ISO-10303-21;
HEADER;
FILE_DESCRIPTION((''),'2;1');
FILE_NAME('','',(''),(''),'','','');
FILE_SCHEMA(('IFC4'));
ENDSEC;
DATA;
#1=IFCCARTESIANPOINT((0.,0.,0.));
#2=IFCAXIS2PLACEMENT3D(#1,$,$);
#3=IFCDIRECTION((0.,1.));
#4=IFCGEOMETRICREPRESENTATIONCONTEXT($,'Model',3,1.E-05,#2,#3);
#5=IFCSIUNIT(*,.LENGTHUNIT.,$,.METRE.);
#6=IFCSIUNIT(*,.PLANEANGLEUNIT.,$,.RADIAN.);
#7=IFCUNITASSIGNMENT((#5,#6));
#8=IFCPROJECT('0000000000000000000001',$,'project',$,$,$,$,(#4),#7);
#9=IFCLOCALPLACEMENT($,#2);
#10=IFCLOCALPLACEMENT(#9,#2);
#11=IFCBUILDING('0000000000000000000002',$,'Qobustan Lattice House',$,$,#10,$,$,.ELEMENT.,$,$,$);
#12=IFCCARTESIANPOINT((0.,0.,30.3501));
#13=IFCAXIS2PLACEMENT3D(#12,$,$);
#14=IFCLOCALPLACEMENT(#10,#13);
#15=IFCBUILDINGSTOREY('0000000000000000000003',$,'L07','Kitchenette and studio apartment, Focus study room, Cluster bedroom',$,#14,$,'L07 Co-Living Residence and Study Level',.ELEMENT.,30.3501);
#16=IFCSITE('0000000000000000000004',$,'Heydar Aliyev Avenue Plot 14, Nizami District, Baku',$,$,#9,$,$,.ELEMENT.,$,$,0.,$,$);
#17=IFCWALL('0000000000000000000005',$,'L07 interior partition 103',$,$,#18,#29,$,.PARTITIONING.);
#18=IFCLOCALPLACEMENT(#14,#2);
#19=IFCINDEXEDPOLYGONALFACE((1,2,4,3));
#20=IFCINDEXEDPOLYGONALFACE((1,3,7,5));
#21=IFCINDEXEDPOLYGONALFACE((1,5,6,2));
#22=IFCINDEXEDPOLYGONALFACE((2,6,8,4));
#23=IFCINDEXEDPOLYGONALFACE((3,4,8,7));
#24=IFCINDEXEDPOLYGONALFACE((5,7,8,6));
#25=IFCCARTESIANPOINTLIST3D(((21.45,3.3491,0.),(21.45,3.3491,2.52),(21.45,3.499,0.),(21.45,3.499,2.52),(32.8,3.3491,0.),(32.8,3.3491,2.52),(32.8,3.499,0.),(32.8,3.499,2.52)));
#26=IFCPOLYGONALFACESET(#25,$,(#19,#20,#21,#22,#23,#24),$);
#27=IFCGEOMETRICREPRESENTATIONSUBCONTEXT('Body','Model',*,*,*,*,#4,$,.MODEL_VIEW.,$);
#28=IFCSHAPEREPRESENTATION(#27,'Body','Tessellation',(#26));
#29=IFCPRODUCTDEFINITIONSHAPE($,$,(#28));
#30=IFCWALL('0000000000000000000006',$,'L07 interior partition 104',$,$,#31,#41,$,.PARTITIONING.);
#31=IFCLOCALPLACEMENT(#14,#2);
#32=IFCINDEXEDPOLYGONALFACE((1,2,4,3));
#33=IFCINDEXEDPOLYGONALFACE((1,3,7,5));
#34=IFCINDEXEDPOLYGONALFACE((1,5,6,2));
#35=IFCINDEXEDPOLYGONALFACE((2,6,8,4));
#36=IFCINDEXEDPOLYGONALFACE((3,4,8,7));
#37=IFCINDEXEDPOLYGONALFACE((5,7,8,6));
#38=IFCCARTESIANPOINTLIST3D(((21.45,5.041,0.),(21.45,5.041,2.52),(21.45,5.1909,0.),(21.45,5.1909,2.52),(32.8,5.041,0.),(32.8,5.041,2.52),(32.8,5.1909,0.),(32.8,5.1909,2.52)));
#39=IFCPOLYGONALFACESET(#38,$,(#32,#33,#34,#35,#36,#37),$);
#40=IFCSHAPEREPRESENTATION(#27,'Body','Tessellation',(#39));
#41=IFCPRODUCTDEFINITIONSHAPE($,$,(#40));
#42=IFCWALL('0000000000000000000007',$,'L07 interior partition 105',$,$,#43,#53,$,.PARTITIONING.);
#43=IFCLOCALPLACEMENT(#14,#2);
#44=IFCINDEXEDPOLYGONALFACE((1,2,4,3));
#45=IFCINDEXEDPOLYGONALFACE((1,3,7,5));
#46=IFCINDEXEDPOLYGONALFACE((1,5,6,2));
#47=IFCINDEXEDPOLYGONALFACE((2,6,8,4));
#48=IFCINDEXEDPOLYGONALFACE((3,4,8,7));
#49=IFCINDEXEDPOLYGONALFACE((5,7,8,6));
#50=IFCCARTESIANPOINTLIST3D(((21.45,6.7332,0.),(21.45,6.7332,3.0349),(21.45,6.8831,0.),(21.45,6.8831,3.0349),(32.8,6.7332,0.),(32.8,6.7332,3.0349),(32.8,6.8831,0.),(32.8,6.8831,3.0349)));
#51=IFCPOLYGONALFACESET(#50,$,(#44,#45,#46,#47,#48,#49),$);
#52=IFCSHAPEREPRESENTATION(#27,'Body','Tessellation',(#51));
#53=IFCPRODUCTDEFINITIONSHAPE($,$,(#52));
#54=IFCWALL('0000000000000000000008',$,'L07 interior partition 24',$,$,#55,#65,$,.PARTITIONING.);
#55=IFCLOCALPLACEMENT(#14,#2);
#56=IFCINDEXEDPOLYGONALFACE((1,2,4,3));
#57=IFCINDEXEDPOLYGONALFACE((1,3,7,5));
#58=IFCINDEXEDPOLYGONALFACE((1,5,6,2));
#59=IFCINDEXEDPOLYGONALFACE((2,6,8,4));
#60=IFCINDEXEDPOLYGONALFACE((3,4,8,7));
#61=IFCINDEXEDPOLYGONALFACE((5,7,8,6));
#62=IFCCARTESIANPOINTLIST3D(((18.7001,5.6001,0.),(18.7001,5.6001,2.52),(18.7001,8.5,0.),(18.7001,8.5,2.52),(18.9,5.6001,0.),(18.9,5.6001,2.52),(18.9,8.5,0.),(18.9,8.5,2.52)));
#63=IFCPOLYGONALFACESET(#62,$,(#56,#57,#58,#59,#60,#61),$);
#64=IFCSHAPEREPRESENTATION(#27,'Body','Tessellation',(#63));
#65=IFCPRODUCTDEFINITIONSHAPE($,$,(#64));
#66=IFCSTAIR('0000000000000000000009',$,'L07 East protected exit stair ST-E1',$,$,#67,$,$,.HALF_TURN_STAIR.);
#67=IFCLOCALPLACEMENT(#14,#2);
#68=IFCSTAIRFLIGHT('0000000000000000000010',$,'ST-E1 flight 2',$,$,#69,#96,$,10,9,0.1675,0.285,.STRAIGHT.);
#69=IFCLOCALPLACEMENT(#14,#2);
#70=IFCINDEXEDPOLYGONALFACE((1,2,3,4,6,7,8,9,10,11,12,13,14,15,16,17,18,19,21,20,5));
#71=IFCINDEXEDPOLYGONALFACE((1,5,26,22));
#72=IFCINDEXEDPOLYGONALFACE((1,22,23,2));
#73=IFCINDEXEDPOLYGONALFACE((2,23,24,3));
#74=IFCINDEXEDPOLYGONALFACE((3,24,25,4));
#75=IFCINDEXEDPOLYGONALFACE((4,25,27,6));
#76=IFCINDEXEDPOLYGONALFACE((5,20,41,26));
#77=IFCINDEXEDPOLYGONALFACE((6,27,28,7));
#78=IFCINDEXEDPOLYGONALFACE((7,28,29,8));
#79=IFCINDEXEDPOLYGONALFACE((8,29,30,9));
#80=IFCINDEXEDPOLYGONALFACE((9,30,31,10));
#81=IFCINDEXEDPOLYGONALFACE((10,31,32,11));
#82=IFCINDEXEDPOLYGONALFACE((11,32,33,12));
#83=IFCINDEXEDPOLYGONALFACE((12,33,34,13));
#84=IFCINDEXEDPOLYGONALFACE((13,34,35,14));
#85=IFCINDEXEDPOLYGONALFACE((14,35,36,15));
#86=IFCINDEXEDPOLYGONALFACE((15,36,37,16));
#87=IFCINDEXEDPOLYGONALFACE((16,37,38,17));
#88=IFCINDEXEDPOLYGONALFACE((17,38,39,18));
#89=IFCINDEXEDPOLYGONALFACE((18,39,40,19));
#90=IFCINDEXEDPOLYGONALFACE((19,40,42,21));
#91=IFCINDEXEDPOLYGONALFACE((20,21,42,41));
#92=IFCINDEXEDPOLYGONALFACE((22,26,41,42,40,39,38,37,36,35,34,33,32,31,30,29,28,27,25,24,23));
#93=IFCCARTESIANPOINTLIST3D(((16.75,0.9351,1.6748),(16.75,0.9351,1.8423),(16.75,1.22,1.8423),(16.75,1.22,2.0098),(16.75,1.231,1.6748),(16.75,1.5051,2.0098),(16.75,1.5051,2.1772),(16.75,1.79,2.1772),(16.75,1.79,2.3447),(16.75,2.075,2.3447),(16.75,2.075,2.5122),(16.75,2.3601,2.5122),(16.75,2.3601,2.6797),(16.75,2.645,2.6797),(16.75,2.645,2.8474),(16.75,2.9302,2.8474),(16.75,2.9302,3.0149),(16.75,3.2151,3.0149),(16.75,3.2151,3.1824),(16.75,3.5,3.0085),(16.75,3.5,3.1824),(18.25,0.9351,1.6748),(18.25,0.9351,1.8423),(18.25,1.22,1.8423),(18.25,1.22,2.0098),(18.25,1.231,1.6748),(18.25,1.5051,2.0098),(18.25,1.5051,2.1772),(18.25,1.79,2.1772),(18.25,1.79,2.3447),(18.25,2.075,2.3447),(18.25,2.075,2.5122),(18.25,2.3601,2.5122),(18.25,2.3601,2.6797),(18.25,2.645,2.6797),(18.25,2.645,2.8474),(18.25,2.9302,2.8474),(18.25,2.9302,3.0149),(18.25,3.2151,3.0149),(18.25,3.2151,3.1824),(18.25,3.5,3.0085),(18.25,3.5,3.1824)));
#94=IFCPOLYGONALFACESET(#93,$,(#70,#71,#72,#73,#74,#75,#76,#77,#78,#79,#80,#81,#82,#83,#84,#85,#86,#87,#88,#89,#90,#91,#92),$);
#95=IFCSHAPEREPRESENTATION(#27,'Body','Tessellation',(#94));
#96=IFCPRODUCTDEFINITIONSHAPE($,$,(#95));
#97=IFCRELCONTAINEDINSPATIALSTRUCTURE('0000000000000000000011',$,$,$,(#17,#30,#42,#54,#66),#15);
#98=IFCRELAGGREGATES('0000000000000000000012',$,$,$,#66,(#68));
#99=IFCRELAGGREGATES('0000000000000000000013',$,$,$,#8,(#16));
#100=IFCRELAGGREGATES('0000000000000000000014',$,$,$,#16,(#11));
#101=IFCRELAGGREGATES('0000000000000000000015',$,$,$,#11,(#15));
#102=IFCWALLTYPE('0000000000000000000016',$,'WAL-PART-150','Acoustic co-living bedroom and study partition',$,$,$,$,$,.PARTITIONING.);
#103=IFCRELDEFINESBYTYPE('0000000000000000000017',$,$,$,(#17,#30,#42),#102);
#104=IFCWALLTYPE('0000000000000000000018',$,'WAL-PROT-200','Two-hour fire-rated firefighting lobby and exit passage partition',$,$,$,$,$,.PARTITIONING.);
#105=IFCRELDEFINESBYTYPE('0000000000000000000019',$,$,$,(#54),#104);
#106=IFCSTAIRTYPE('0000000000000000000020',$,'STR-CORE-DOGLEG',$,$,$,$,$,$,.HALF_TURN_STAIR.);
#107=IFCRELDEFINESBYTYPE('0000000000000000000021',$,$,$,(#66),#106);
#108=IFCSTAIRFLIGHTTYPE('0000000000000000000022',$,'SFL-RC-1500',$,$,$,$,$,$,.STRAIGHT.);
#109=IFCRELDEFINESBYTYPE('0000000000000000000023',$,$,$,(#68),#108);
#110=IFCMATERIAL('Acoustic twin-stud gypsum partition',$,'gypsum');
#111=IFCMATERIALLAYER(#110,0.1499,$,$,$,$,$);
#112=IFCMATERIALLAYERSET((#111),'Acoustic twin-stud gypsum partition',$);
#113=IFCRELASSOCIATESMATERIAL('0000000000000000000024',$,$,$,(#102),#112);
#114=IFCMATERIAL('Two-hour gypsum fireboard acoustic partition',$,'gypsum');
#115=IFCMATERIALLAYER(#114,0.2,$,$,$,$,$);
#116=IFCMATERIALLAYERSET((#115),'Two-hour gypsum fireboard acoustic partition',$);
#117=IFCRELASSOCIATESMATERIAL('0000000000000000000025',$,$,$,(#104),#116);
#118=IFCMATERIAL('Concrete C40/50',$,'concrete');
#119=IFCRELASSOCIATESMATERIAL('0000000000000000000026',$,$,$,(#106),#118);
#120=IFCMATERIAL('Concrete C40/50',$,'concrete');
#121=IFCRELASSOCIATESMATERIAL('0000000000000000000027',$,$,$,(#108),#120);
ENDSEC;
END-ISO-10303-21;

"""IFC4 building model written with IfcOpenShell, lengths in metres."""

from ifc_helpers import new_model, si_unit, direction, frame, frame_2d, origin, place, context, subcontext, project, spatial, polyline, rectangle, outline, extrude, material, layer, layer_set, type_object, element, aggregate, save


model = new_model("IFC4")

# Units and contexts
model_context = context("Model", 3, precision=1e-05, world=origin(), true_north=direction((0.0, 1.0)))
body_context = subcontext(model_context, "Body", "Model", "MODEL_VIEW")
ifc_project = project(units=[si_unit("LENGTHUNIT", "METRE"), si_unit("PLANEANGLEUNIT", "RADIAN")], contexts=[model_context])

# Site, building, storey
site_placement = place(None, origin())
site = spatial("IfcSite", under=ifc_project, at=site_placement, Name="Heydar Aliyev Avenue Plot 14, Nizami District, Baku", CompositionType="ELEMENT", RefElevation=0.0)
building_placement = place(site_placement, origin())
building = spatial("IfcBuilding", under=site, at=building_placement, Name="Qobustan Lattice House", CompositionType="ELEMENT")
storey_placement = place(building_placement, frame((0.0, 0.0, 30.3501)))
storey = spatial("IfcBuildingStorey", under=building, at=storey_placement, Name="L07", Description="Kitchenette and studio apartment, Focus study room, Cluster bedroom", LongName="L07 Co-Living Residence and Study Level", CompositionType="ELEMENT", Elevation=30.3501)

# Shared definitions
ifc_material_1 = material(Name="Acoustic twin-stud gypsum partition", Category="gypsum")
ifc_layer_1 = layer(ifc_material_1, 0.1499)
ifc_layer_set_1 = layer_set([ifc_layer_1], Name="Acoustic twin-stud gypsum partition")
wall_type_1 = type_object("IfcWallType", Name="WAL-PART-150", Description="Acoustic co-living bedroom and study partition", PredefinedType="PARTITIONING", material=ifc_layer_set_1)

# Walls
for number, where, z_axis, x_axis, name in (
    (1, (21.45, 3.4241, 0.0), (0.0, 0.0, 1.0), (1.0, 0.0, 0.0), "L07 interior partition 103"),
    (2, (21.45, 5.116, 0.0), (0.0, 0.0, 1.0), (1.0, 0.0, 0.0), "L07 interior partition 104"),
):
    element("IfcWall", number, at=place(storey_placement, frame(where, z_axis=z_axis, x_axis=x_axis)), inside=storey, type_object=wall_type_1, Name=name, PredefinedType="PARTITIONING", context=body_context, shape_type="SweptSolid", body=[
        extrude(rectangle(XDim=11.3501, YDim=0.1499, at=frame_2d((5.675, 0.0))), origin(), (0.0, 0.0, 1.0), 2.52),
    ])
wall_1_placement = place(storey_placement, frame((21.45, 6.8081, 0.0), z_axis=(0.0, 0.0, 1.0), x_axis=(1.0, 0.0, 0.0)))
element("IfcWall", 3, at=wall_1_placement, inside=storey, type_object=wall_type_1, Name="L07 interior partition 105", PredefinedType="PARTITIONING", context=body_context, shape_type="SweptSolid", body=[
    extrude(rectangle(XDim=11.3501, YDim=0.1499, at=frame_2d((5.675, 0.0))), origin(), (0.0, 0.0, 1.0), 3.0349),
])

# Shared definitions
ifc_material_2 = material(Name="Two-hour gypsum fireboard acoustic partition", Category="gypsum")
ifc_layer_2 = layer(ifc_material_2, 0.2)
ifc_layer_set_2 = layer_set([ifc_layer_2], Name="Two-hour gypsum fireboard acoustic partition")
wall_type_2 = type_object("IfcWallType", Name="WAL-PROT-200", Description="Two-hour fire-rated firefighting lobby and exit passage partition", PredefinedType="PARTITIONING", material=ifc_layer_set_2)

# Wall
wall_2_placement = place(storey_placement, frame((18.8, 5.6001, 0.0), z_axis=(0.0, 0.0, 1.0), x_axis=(0.0, 1.0, 0.0)))
element("IfcWall", 4, at=wall_2_placement, inside=storey, type_object=wall_type_2, Name="L07 interior partition 24", PredefinedType="PARTITIONING", context=body_context, shape_type="SweptSolid", body=[
    extrude(rectangle(XDim=2.8999, YDim=0.2, at=frame_2d((1.45, 0.0))), origin(), (0.0, 0.0, 1.0), 2.52),
])

# Stair, stair flight
ifc_material_3 = material(Name="Concrete C40/50", Category="concrete")
stair_type = type_object("IfcStairType", Name="STR-CORE-DOGLEG", PredefinedType="HALF_TURN_STAIR", material=ifc_material_3)
stair_placement = place(storey_placement, origin())
stair = element("IfcStair", 5, at=stair_placement, inside=storey, type_object=stair_type, Name="L07 East protected exit stair ST-E1", PredefinedType="HALF_TURN_STAIR")
ifc_material_4 = material(Name="Concrete C40/50", Category="concrete")
stair_flight_type = type_object("IfcStairFlightType", Name="SFL-RC-1500", PredefinedType="STRAIGHT", material=ifc_material_4)
stair_flight_placement = place(storey_placement, frame((17.5, 0.9351, 1.6748), z_axis=(0.0, 0.0, 1.0), x_axis=(0.0, 1.0, 0.0)))
stair_flight = element("IfcStairFlight", 6, at=stair_flight_placement, type_object=stair_flight_type, Name="ST-E1 flight 2", NumberOfRisers=10, NumberOfTreads=9, PredefinedType="STRAIGHT", RiserHeight=0.1675, TreadLength=0.285, context=body_context, shape_type="SweptSolid", body=[
    extrude(outline(polyline([(0.0, 0.0), (0.0, 0.1675), (0.2849, 0.1675), (0.2849, 0.335), (0.5701, 0.335), (0.5701, 0.5024), (0.855, 0.5024), (0.855, 0.6699), (1.1399, 0.6699), (1.1399, 0.8374), (1.425, 0.8374), (1.425, 1.0049), (1.71, 1.0049), (1.71, 1.1726), (1.9951, 1.1726), (1.9951, 1.3401), (2.28, 1.3401), (2.28, 1.5076), (2.5649, 1.5076), (2.5649, 1.675), (2.5649, 1.3337), (0.2959, 0.0), (0.0, 0.0)])), frame((0.0, 0.75, 0.0), z_axis=(0.0, -1.0, 0.0), x_axis=(1.0, 0.0, 0.0)), (0.0, 0.0, 1.0), 1.5),
])
aggregate(stair, [stair_flight])

save(model, "model.ifc")
